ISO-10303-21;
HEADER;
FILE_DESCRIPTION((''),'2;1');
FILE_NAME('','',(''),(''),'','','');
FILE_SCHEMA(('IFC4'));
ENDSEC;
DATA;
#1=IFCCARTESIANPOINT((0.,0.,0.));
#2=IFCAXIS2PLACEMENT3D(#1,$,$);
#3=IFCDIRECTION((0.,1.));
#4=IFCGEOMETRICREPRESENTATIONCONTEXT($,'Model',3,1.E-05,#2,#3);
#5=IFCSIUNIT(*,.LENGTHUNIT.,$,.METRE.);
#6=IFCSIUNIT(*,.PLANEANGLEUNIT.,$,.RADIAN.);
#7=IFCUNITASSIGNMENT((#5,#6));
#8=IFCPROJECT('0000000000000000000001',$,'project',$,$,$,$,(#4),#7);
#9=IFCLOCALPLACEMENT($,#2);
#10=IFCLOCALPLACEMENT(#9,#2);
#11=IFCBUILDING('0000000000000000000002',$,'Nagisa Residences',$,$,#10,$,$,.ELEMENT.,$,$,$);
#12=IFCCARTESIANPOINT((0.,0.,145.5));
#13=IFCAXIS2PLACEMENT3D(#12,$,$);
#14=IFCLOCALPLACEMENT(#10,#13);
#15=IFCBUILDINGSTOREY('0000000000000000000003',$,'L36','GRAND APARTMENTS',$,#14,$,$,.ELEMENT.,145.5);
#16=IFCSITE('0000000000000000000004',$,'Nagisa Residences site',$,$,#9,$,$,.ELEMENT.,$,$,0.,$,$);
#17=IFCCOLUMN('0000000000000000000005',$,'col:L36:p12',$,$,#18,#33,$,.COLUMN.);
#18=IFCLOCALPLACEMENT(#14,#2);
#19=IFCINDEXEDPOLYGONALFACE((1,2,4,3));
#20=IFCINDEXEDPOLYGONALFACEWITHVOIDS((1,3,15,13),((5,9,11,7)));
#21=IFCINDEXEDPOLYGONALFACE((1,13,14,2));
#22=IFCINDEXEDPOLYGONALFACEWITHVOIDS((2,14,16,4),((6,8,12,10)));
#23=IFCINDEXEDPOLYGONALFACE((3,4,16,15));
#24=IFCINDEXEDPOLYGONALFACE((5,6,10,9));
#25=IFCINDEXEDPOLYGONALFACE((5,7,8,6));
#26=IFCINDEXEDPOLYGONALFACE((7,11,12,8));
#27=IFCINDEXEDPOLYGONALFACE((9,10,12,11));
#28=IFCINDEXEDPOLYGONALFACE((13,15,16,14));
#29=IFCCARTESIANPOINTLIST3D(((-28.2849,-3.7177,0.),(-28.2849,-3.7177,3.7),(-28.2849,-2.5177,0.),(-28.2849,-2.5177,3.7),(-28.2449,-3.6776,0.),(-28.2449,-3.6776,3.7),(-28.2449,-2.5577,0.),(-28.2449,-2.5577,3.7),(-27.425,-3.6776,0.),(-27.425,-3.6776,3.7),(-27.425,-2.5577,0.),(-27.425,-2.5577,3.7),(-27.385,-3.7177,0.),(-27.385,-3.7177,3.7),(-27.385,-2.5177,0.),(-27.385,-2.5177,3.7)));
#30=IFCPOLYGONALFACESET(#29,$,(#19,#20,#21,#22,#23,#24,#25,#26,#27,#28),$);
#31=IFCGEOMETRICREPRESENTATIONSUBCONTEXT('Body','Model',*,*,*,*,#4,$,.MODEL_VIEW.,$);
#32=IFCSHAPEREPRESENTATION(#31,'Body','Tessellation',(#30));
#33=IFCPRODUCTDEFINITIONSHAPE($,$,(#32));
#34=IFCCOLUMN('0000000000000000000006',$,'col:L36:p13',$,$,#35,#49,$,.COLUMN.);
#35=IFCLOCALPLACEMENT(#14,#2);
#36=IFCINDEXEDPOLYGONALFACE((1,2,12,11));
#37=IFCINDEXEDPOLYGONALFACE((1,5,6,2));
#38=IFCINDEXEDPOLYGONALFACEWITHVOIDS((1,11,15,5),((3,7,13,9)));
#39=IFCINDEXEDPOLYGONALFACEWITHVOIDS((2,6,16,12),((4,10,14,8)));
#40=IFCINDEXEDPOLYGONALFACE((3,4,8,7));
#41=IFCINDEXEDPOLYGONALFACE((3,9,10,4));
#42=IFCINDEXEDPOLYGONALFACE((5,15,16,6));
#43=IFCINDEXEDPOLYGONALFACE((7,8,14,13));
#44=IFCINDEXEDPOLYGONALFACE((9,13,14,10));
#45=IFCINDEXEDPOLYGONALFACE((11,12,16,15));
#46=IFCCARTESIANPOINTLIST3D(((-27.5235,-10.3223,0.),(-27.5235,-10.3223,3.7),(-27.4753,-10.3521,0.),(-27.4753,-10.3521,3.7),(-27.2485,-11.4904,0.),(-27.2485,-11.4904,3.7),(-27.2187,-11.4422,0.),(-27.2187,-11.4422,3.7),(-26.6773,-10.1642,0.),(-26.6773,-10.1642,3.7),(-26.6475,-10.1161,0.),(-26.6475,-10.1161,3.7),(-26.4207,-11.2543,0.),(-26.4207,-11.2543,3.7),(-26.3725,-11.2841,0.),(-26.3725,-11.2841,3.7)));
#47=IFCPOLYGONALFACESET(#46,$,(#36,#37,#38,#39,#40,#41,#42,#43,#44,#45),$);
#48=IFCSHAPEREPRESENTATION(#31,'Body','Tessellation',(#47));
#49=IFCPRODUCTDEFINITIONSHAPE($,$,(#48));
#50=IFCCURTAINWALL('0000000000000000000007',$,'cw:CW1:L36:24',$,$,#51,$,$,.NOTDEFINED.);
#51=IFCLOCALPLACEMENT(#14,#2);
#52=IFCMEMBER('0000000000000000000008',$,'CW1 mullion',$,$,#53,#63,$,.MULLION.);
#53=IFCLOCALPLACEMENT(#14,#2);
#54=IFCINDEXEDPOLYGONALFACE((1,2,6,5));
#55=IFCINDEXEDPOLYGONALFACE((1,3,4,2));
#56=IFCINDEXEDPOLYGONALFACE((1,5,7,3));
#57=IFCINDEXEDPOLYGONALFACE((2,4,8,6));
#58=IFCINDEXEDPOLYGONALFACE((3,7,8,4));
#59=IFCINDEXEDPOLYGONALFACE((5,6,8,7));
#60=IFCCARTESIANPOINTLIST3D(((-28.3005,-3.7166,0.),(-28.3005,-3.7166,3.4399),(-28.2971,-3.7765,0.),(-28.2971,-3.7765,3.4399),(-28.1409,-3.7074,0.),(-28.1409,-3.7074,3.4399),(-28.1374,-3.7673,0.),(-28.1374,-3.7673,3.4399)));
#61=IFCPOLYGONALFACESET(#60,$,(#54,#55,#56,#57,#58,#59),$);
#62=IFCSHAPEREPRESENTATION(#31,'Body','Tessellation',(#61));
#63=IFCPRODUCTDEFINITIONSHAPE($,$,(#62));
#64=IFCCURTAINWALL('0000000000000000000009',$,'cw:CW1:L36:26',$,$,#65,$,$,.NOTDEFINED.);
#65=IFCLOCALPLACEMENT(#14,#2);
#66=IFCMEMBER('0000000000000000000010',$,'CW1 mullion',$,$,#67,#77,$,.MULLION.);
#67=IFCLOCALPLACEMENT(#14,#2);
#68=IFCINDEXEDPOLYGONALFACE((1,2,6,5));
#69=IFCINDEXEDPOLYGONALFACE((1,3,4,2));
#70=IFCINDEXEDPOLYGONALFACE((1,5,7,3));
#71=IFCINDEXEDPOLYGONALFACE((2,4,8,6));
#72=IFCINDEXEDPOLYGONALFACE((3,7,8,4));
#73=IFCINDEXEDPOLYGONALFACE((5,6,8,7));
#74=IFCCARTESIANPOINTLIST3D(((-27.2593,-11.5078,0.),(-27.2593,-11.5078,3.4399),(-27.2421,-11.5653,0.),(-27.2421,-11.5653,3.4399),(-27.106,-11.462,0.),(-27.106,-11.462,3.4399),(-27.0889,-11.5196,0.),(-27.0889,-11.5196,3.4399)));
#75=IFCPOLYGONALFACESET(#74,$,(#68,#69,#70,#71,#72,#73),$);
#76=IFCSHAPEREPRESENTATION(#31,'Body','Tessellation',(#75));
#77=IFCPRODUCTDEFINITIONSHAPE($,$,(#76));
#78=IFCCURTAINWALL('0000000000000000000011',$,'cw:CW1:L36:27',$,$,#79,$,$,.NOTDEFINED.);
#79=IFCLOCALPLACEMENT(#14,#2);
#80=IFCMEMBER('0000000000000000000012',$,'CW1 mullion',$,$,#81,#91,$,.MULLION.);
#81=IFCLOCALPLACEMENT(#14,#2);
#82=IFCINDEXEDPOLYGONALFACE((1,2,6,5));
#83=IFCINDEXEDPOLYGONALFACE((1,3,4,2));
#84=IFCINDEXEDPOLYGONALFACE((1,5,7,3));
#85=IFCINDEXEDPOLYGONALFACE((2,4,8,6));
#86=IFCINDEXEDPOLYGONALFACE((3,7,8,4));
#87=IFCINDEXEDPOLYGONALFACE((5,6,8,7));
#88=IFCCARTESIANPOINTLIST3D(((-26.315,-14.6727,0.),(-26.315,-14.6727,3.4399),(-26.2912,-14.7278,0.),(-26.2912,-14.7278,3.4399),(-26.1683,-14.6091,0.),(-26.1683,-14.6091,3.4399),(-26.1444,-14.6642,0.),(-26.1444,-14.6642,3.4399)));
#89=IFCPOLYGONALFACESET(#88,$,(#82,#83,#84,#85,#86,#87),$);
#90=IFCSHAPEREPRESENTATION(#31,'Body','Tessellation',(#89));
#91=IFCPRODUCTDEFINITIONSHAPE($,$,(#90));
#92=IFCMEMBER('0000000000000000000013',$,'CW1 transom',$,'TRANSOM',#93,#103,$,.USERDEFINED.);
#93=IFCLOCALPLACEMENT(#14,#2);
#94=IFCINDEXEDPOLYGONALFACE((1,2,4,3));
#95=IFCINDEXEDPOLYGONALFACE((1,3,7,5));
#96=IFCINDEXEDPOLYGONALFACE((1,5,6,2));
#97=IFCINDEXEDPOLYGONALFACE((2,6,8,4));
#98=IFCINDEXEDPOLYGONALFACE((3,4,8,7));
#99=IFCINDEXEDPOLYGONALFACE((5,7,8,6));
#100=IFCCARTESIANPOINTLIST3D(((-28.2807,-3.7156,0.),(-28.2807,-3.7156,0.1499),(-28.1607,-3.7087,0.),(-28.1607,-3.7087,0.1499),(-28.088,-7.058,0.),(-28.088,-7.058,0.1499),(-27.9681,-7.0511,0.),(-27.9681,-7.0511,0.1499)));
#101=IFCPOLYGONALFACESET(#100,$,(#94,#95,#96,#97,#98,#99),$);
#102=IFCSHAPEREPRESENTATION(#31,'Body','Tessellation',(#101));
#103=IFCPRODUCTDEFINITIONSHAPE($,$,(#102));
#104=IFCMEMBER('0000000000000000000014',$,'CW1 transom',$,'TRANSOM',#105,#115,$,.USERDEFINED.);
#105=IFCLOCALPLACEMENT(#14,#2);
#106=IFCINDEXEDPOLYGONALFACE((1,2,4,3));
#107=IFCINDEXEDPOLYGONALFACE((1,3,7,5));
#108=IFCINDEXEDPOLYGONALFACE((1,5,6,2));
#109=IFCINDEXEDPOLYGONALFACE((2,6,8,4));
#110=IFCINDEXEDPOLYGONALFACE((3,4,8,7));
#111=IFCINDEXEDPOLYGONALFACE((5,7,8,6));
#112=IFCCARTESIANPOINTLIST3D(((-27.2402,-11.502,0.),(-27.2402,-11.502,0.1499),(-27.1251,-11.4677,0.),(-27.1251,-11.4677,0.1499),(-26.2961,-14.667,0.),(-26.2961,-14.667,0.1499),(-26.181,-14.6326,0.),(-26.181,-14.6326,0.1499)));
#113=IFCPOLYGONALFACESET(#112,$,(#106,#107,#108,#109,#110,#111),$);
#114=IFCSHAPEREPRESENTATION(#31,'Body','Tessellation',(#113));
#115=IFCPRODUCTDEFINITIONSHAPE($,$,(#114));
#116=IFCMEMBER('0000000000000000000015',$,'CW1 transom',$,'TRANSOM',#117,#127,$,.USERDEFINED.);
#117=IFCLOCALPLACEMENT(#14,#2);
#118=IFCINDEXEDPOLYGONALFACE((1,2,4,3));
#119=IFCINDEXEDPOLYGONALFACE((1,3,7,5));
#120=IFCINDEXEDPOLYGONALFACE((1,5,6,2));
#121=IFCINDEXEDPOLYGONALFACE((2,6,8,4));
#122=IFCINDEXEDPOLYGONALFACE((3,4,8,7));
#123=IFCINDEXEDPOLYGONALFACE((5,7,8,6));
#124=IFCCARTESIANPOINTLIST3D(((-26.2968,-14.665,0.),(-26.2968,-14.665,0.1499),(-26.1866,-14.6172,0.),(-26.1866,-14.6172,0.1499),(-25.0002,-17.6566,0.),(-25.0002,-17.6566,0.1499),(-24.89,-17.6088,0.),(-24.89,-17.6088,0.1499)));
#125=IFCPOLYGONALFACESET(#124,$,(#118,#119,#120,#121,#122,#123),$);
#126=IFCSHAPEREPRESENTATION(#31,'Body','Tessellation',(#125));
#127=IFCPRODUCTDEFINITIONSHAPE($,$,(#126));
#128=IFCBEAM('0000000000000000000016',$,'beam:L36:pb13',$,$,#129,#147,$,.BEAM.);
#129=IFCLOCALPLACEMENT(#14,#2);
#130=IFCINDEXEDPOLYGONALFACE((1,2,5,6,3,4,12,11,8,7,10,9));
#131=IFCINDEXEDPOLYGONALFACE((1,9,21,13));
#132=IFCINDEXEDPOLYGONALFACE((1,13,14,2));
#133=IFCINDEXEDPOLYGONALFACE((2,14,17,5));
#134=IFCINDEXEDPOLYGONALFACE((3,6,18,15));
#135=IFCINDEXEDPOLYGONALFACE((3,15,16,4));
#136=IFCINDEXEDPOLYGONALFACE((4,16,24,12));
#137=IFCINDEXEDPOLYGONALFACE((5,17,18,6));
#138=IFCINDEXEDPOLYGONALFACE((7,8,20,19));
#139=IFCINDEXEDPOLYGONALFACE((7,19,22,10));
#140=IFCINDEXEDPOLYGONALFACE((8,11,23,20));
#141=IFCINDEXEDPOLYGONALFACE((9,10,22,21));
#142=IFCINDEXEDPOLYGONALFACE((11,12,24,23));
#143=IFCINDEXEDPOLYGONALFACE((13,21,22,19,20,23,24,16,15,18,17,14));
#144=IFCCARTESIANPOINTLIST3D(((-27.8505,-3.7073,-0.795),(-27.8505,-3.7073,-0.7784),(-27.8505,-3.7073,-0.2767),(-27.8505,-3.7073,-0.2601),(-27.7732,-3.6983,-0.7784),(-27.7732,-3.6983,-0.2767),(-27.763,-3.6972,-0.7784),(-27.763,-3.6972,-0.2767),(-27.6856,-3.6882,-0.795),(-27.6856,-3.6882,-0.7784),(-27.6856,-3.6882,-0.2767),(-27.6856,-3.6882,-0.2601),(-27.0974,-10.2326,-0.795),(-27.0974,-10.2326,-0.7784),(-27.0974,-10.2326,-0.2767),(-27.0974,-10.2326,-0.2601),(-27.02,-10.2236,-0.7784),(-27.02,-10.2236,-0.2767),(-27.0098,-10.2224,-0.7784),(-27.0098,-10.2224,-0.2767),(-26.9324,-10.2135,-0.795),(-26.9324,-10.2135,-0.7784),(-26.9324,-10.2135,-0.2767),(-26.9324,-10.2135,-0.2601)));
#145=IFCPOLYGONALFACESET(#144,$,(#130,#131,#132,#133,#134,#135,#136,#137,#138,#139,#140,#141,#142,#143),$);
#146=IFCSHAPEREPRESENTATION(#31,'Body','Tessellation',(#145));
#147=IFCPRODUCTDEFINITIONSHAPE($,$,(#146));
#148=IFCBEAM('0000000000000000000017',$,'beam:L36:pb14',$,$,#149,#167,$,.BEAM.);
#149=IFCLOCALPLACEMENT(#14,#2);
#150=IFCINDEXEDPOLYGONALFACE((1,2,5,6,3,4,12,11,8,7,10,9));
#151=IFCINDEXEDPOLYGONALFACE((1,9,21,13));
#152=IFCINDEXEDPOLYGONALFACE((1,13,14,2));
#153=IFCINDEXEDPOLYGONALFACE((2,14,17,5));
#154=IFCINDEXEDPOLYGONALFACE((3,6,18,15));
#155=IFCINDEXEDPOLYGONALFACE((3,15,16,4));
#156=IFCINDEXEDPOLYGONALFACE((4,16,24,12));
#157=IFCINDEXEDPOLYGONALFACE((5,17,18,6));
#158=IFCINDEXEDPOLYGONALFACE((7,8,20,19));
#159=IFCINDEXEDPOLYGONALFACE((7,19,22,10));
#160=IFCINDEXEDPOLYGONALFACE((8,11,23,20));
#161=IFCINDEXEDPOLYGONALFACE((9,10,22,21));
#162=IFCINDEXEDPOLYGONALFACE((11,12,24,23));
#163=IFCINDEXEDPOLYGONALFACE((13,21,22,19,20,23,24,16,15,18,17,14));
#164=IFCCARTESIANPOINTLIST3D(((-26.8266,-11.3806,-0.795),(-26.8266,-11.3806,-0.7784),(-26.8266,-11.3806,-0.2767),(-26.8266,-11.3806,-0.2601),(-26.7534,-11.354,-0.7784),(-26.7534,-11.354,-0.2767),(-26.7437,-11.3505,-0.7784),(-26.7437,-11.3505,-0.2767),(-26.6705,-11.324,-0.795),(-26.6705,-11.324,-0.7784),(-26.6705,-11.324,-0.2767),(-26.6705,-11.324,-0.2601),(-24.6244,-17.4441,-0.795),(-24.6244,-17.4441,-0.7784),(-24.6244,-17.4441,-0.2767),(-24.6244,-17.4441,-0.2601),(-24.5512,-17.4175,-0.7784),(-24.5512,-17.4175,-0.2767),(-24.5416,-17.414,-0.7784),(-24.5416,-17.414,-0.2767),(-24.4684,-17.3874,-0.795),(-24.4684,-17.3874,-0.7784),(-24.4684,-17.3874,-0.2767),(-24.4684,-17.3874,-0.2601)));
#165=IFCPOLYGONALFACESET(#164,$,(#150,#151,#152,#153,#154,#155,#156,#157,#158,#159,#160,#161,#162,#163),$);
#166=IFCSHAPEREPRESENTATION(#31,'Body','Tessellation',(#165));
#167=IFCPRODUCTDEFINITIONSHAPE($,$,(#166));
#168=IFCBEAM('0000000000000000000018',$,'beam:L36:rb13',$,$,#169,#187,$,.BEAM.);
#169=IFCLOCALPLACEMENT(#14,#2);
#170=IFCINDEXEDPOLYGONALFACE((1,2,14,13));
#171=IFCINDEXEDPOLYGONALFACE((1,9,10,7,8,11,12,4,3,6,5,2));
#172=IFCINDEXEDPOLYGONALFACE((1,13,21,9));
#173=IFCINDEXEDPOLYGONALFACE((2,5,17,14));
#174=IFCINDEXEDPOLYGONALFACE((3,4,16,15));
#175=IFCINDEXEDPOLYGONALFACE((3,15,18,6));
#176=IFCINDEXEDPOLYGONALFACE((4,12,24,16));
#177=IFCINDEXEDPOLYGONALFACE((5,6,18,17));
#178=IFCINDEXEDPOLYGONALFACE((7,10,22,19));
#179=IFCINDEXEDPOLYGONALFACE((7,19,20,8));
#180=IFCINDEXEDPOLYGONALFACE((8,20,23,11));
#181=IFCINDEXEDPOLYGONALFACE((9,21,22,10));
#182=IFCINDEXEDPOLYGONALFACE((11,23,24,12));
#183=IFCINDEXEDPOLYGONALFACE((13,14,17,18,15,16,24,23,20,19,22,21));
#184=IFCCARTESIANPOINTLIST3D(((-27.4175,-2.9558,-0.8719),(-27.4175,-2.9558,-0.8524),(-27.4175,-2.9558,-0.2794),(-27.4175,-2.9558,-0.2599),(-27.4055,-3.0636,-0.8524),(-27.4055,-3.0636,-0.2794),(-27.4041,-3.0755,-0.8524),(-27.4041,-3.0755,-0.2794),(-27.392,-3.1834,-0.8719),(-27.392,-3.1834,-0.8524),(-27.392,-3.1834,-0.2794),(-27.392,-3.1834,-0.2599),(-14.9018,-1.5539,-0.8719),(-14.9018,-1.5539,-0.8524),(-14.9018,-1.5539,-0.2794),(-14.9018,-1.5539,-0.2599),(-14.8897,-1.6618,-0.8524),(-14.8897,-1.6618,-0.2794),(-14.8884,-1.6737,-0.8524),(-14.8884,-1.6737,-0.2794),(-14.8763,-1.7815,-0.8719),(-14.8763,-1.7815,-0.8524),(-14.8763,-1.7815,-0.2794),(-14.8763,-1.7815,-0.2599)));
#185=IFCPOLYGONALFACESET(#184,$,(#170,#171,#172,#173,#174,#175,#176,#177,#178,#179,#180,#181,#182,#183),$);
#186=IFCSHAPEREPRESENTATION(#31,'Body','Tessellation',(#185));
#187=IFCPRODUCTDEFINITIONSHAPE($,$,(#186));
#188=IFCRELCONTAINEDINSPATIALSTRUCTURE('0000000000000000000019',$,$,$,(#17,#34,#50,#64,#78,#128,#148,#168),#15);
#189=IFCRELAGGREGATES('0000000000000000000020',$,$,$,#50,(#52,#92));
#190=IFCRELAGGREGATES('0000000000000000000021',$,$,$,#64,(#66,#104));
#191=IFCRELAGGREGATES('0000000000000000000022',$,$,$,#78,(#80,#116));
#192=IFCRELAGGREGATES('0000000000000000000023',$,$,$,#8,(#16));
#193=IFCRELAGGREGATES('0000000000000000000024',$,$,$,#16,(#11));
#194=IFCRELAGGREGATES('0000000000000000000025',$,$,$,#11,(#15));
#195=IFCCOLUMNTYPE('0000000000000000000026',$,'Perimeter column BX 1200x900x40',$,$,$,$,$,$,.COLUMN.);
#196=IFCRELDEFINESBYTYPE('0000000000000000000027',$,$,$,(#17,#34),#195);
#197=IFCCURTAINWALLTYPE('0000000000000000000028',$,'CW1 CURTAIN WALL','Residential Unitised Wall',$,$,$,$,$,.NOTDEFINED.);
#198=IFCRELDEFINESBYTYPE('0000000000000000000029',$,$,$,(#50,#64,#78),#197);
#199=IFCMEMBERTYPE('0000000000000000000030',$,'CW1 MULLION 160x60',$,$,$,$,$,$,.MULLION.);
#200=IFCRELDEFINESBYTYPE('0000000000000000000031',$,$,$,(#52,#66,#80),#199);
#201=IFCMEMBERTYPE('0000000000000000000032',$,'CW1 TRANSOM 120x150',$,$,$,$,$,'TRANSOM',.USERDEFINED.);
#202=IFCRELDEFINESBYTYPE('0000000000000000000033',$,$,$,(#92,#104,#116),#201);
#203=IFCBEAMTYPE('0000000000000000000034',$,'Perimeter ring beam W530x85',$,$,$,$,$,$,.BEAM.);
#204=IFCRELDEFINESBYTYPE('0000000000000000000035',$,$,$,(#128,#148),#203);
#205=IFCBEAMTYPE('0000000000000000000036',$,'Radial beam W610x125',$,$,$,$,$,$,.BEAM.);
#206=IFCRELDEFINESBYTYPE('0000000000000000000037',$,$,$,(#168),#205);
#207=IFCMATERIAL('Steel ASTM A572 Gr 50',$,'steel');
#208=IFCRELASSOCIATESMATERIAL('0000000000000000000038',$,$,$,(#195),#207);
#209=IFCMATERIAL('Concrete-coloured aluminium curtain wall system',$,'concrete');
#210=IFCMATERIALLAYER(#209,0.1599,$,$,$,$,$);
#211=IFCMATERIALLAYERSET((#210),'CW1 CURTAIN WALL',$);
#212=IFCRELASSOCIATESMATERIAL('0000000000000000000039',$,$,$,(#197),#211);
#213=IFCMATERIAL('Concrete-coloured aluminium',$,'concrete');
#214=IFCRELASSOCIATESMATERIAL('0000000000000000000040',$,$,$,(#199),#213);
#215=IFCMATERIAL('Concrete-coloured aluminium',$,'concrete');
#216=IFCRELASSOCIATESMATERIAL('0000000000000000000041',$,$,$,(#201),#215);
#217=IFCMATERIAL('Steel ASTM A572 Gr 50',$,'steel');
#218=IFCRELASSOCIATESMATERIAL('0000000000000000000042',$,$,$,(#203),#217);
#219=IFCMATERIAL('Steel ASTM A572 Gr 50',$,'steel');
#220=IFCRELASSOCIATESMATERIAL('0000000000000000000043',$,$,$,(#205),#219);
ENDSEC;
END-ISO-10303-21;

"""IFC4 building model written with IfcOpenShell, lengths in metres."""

from ifc_helpers import new_model, si_unit, direction, frame, origin, origin_2d, place, context, subcontext, project, spatial, rectangle, hollow_rectangle, i_section, extrude, material, layer, layer_set, material_profile, profile_set, type_object, element, aggregate, save


model = new_model("IFC4")

# Units and contexts
model_context = context("Model", 3, precision=1e-05, world=origin(), true_north=direction((0.0, 1.0)))
body_context = subcontext(model_context, "Body", "Model", "MODEL_VIEW")
ifc_project = project(units=[si_unit("LENGTHUNIT", "METRE"), si_unit("PLANEANGLEUNIT", "RADIAN")], contexts=[model_context])

# Site, building, storey
site_placement = place(None, origin())
site = spatial("IfcSite", under=ifc_project, at=site_placement, Name="Nagisa Residences site", CompositionType="ELEMENT", RefElevation=0.0)
building_placement = place(site_placement, origin())
building = spatial("IfcBuilding", under=site, at=building_placement, Name="Nagisa Residences", CompositionType="ELEMENT")
storey_placement = place(building_placement, frame((0.0, 0.0, 145.5)))
storey = spatial("IfcBuildingStorey", under=building, at=storey_placement, Name="L36", Description="GRAND APARTMENTS", CompositionType="ELEMENT", Elevation=145.5)

# Columns
ifc_material_1 = material(Name="Steel ASTM A572 Gr 50", Category="steel")
ifc_material_profile_1 = material_profile(ifc_material_1, hollow_rectangle(XDim=1.2, YDim=0.8999, WallThickness=0.04, at=origin_2d()), Name="BX 1200x900x40")
ifc_profile_set_1 = profile_set([ifc_material_profile_1], Name="Steel ASTM A572 Gr 50")
column_type = type_object("IfcColumnType", Name="Perimeter column BX 1200x900x40", PredefinedType="COLUMN", material=ifc_profile_set_1)
for number, where, z_axis, x_axis, name in (
    (1, (-27.835, -3.1177, 0.0), (0.0, 0.0, 1.0), (0.0, -1.0, 0.0), "col:L36:p12"),
    (2, (-26.948, -10.8032, 0.0), (0.0, 0.0, 1.0), (0.229202, -0.973379, 0.0), "col:L36:p13"),
):
    element("IfcColumn", number, at=place(storey_placement, frame(where, z_axis=z_axis, x_axis=x_axis)), inside=storey, type_object=column_type, Name=name, PredefinedType="COLUMN", context=body_context, shape_type="SweptSolid", body=[
        extrude(hollow_rectangle(XDim=1.2, YDim=0.8999, WallThickness=0.04, at=origin_2d()), origin(), (0.0, 0.0, 1.0), 3.7),
    ])

# Curtain walls, members
ifc_material_2 = material(Name="Concrete-coloured aluminium curtain wall system", Category="concrete")
ifc_layer_1 = layer(ifc_material_2, 0.1599)
ifc_layer_set_1 = layer_set([ifc_layer_1], Name="CW1 CURTAIN WALL")
curtain_wall_type = type_object("IfcCurtainWallType", Name="CW1 CURTAIN WALL", Description="Residential Unitised Wall", PredefinedType="NOTDEFINED", material=ifc_layer_set_1)
curtain_wall_1_placement = place(storey_placement, origin())
curtain_wall_1 = element("IfcCurtainWall", 3, at=curtain_wall_1_placement, inside=storey, type_object=curtain_wall_type, Name="cw:CW1:L36:24", PredefinedType="NOTDEFINED")
ifc_material_3 = material(Name="Concrete-coloured aluminium", Category="concrete")
ifc_material_profile_2 = material_profile(ifc_material_3, rectangle(XDim=0.1599, YDim=0.0601, at=origin_2d()), Name="CW1 MULLION 160x60")
ifc_profile_set_2 = profile_set([ifc_material_profile_2], Name="Concrete-coloured aluminium")
member_type_1 = type_object("IfcMemberType", Name="CW1 MULLION 160x60", PredefinedType="MULLION", material=ifc_profile_set_2)
member_1_placement = place(storey_placement, frame((-28.219, -3.7419, 0.0), z_axis=(0.0, 0.0, 1.0), x_axis=(0.998345, 0.057503, 0.0)))
member_1 = element("IfcMember", 4, at=member_1_placement, type_object=member_type_1, Name="CW1 mullion", PredefinedType="MULLION", context=body_context, shape_type="SweptSolid", body=[
    extrude(rectangle(XDim=0.1599, YDim=0.0601, at=origin_2d()), origin(), (0.0, 0.0, 1.0), 3.4399),
])
curtain_wall_2_placement = place(storey_placement, origin())
curtain_wall_2 = element("IfcCurtainWall", 5, at=curtain_wall_2_placement, inside=storey, type_object=curtain_wall_type, Name="cw:CW1:L36:26", PredefinedType="NOTDEFINED")
member_2_placement = place(storey_placement, frame((-27.1741, -11.5137, 0.0), z_axis=(0.0, 0.0, 1.0), x_axis=(0.958271, 0.28586, 0.0)))
member_2 = element("IfcMember", 6, at=member_2_placement, type_object=member_type_1, Name="CW1 mullion", PredefinedType="MULLION", context=body_context, shape_type="SweptSolid", body=[
    extrude(rectangle(XDim=0.1599, YDim=0.0601, at=origin_2d()), origin(), (0.0, 0.0, 1.0), 3.4399),
])
curtain_wall_3_placement = place(storey_placement, origin())
curtain_wall_3 = element("IfcCurtainWall", 7, at=curtain_wall_3_placement, inside=storey, type_object=curtain_wall_type, Name="cw:CW1:L36:27", PredefinedType="NOTDEFINED")
member_3_placement = place(storey_placement, frame((-26.2297, -14.6685, 0.0), z_axis=(0.0, 0.0, 1.0), x_axis=(0.917543, 0.397636, 0.0)))
member_3 = element("IfcMember", 8, at=member_3_placement, type_object=member_type_1, Name="CW1 mullion", PredefinedType="MULLION", context=body_context, shape_type="SweptSolid", body=[
    extrude(rectangle(XDim=0.1599, YDim=0.0601, at=origin_2d()), origin(), (0.0, 0.0, 1.0), 3.4399),
])

# Members
ifc_material_4 = material(Name="Concrete-coloured aluminium", Category="concrete")
ifc_material_profile_3 = material_profile(ifc_material_4, rectangle(XDim=0.1201, YDim=0.1499, at=origin_2d()), Name="CW1 TRANSOM 120x150")
ifc_profile_set_3 = profile_set([ifc_material_profile_3], Name="Concrete-coloured aluminium")
member_type_2 = type_object("IfcMemberType", Name="CW1 TRANSOM 120x150", ElementType="TRANSOM", PredefinedType="USERDEFINED", material=ifc_profile_set_3)
member_4_placement = place(storey_placement, frame((-28.2207, -3.7122, 0.075), z_axis=(0.057538, -0.998343, 0.0), x_axis=(0.998343, 0.057538, 0.0)))
member_4 = element("IfcMember", 9, at=member_4_placement, type_object=member_type_2, Name="CW1 transom", ObjectType="TRANSOM", PredefinedType="USERDEFINED", context=body_context, shape_type="SweptSolid", body=[
    extrude(rectangle(XDim=0.1201, YDim=0.1499, at=origin_2d()), origin(), (0.0, 0.0, 1.0), 3.3479),
])
member_5_placement = place(storey_placement, frame((-27.1826, -11.4849, 0.075), z_axis=(0.285842, -0.958277, 0.0), x_axis=(0.958277, 0.285842, 0.0)))
member_5 = element("IfcMember", 10, at=member_5_placement, type_object=member_type_2, Name="CW1 transom", ObjectType="TRANSOM", PredefinedType="USERDEFINED", context=body_context, shape_type="SweptSolid", body=[
    extrude(rectangle(XDim=0.1201, YDim=0.1499, at=origin_2d()), origin(), (0.0, 0.0, 1.0), 3.3027),
])
member_6_placement = place(storey_placement, frame((-26.2417, -14.6411, 0.075), z_axis=(0.397666, -0.91753, 0.0), x_axis=(0.91753, 0.397666, 0.0)))
member_6 = element("IfcMember", 11, at=member_6_placement, type_object=member_type_2, Name="CW1 transom", ObjectType="TRANSOM", PredefinedType="USERDEFINED", context=body_context, shape_type="SweptSolid", body=[
    extrude(rectangle(XDim=0.1201, YDim=0.1499, at=origin_2d()), origin(), (0.0, 0.0, 1.0), 3.2605),
])

# Beams
ifc_material_5 = material(Name="Steel ASTM A572 Gr 50", Category="steel")
ifc_material_profile_4 = material_profile(ifc_material_5, i_section(OverallWidth=0.166, OverallDepth=0.5349, WebThickness=0.0103, FlangeThickness=0.0166, at=origin_2d()), Name="W530x85")
ifc_profile_set_4 = profile_set([ifc_material_profile_4], Name="Steel ASTM A572 Gr 50")
beam_type_1 = type_object("IfcBeamType", Name="Perimeter ring beam W530x85", PredefinedType="BEAM", material=ifc_profile_set_4)
beam_1_placement = place(storey_placement, frame((-27.7681, -3.6978, -0.5276), z_axis=(0.114661, -0.993405, 0.0), x_axis=(0.993405, 0.114661, 0.0)))
element("IfcBeam", 12, at=beam_1_placement, inside=storey, type_object=beam_type_1, Name="beam:L36:pb13", PredefinedType="BEAM", context=body_context, shape_type="SweptSolid", body=[
    extrude(i_section(OverallWidth=0.166, OverallDepth=0.5349, WebThickness=0.0103, FlangeThickness=0.0166, at=origin_2d()), origin(), (0.0, 0.0, 1.0), 6.5686),
])
beam_2_placement = place(storey_placement, frame((-26.7485, -11.3523, -0.5276), z_axis=(0.341366, -0.93993, 0.0), x_axis=(0.93993, 0.341366, 0.0)))
element("IfcBeam", 13, at=beam_2_placement, inside=storey, type_object=beam_type_1, Name="beam:L36:pb14", PredefinedType="BEAM", context=body_context, shape_type="SweptSolid", body=[
    extrude(i_section(OverallWidth=0.166, OverallDepth=0.5349, WebThickness=0.0103, FlangeThickness=0.0166, at=origin_2d()), origin(), (0.0, 0.0, 1.0), 6.4509),
])
ifc_material_6 = material(Name="Steel ASTM A572 Gr 50", Category="steel")
ifc_material_profile_5 = material_profile(ifc_material_6, i_section(OverallWidth=0.229, OverallDepth=0.6121, WebThickness=0.012, FlangeThickness=0.0195, at=origin_2d()), Name="W610x125")
ifc_profile_set_5 = profile_set([ifc_material_profile_5], Name="Steel ASTM A572 Gr 50")
beam_type_2 = type_object("IfcBeamType", Name="Radial beam W610x125", PredefinedType="BEAM", material=ifc_profile_set_5)
beam_3_placement = place(storey_placement, frame((-27.4048, -3.0696, -0.5659), z_axis=(0.993785, 0.111312, 0.0), x_axis=(-0.111312, 0.993785, 0.0)))
element("IfcBeam", 14, at=beam_3_placement, inside=storey, type_object=beam_type_2, Name="beam:L36:rb13", PredefinedType="BEAM", context=body_context, shape_type="SweptSolid", body=[
    extrude(i_section(OverallWidth=0.229, OverallDepth=0.6121, WebThickness=0.012, FlangeThickness=0.0195, at=origin_2d()), origin(), (0.0, 0.0, 1.0), 12.594),
])

aggregate(curtain_wall_1, [member_1, member_4])
aggregate(curtain_wall_2, [member_2, member_5])
aggregate(curtain_wall_3, [member_3, member_6])

save(model, "model.ifc")
